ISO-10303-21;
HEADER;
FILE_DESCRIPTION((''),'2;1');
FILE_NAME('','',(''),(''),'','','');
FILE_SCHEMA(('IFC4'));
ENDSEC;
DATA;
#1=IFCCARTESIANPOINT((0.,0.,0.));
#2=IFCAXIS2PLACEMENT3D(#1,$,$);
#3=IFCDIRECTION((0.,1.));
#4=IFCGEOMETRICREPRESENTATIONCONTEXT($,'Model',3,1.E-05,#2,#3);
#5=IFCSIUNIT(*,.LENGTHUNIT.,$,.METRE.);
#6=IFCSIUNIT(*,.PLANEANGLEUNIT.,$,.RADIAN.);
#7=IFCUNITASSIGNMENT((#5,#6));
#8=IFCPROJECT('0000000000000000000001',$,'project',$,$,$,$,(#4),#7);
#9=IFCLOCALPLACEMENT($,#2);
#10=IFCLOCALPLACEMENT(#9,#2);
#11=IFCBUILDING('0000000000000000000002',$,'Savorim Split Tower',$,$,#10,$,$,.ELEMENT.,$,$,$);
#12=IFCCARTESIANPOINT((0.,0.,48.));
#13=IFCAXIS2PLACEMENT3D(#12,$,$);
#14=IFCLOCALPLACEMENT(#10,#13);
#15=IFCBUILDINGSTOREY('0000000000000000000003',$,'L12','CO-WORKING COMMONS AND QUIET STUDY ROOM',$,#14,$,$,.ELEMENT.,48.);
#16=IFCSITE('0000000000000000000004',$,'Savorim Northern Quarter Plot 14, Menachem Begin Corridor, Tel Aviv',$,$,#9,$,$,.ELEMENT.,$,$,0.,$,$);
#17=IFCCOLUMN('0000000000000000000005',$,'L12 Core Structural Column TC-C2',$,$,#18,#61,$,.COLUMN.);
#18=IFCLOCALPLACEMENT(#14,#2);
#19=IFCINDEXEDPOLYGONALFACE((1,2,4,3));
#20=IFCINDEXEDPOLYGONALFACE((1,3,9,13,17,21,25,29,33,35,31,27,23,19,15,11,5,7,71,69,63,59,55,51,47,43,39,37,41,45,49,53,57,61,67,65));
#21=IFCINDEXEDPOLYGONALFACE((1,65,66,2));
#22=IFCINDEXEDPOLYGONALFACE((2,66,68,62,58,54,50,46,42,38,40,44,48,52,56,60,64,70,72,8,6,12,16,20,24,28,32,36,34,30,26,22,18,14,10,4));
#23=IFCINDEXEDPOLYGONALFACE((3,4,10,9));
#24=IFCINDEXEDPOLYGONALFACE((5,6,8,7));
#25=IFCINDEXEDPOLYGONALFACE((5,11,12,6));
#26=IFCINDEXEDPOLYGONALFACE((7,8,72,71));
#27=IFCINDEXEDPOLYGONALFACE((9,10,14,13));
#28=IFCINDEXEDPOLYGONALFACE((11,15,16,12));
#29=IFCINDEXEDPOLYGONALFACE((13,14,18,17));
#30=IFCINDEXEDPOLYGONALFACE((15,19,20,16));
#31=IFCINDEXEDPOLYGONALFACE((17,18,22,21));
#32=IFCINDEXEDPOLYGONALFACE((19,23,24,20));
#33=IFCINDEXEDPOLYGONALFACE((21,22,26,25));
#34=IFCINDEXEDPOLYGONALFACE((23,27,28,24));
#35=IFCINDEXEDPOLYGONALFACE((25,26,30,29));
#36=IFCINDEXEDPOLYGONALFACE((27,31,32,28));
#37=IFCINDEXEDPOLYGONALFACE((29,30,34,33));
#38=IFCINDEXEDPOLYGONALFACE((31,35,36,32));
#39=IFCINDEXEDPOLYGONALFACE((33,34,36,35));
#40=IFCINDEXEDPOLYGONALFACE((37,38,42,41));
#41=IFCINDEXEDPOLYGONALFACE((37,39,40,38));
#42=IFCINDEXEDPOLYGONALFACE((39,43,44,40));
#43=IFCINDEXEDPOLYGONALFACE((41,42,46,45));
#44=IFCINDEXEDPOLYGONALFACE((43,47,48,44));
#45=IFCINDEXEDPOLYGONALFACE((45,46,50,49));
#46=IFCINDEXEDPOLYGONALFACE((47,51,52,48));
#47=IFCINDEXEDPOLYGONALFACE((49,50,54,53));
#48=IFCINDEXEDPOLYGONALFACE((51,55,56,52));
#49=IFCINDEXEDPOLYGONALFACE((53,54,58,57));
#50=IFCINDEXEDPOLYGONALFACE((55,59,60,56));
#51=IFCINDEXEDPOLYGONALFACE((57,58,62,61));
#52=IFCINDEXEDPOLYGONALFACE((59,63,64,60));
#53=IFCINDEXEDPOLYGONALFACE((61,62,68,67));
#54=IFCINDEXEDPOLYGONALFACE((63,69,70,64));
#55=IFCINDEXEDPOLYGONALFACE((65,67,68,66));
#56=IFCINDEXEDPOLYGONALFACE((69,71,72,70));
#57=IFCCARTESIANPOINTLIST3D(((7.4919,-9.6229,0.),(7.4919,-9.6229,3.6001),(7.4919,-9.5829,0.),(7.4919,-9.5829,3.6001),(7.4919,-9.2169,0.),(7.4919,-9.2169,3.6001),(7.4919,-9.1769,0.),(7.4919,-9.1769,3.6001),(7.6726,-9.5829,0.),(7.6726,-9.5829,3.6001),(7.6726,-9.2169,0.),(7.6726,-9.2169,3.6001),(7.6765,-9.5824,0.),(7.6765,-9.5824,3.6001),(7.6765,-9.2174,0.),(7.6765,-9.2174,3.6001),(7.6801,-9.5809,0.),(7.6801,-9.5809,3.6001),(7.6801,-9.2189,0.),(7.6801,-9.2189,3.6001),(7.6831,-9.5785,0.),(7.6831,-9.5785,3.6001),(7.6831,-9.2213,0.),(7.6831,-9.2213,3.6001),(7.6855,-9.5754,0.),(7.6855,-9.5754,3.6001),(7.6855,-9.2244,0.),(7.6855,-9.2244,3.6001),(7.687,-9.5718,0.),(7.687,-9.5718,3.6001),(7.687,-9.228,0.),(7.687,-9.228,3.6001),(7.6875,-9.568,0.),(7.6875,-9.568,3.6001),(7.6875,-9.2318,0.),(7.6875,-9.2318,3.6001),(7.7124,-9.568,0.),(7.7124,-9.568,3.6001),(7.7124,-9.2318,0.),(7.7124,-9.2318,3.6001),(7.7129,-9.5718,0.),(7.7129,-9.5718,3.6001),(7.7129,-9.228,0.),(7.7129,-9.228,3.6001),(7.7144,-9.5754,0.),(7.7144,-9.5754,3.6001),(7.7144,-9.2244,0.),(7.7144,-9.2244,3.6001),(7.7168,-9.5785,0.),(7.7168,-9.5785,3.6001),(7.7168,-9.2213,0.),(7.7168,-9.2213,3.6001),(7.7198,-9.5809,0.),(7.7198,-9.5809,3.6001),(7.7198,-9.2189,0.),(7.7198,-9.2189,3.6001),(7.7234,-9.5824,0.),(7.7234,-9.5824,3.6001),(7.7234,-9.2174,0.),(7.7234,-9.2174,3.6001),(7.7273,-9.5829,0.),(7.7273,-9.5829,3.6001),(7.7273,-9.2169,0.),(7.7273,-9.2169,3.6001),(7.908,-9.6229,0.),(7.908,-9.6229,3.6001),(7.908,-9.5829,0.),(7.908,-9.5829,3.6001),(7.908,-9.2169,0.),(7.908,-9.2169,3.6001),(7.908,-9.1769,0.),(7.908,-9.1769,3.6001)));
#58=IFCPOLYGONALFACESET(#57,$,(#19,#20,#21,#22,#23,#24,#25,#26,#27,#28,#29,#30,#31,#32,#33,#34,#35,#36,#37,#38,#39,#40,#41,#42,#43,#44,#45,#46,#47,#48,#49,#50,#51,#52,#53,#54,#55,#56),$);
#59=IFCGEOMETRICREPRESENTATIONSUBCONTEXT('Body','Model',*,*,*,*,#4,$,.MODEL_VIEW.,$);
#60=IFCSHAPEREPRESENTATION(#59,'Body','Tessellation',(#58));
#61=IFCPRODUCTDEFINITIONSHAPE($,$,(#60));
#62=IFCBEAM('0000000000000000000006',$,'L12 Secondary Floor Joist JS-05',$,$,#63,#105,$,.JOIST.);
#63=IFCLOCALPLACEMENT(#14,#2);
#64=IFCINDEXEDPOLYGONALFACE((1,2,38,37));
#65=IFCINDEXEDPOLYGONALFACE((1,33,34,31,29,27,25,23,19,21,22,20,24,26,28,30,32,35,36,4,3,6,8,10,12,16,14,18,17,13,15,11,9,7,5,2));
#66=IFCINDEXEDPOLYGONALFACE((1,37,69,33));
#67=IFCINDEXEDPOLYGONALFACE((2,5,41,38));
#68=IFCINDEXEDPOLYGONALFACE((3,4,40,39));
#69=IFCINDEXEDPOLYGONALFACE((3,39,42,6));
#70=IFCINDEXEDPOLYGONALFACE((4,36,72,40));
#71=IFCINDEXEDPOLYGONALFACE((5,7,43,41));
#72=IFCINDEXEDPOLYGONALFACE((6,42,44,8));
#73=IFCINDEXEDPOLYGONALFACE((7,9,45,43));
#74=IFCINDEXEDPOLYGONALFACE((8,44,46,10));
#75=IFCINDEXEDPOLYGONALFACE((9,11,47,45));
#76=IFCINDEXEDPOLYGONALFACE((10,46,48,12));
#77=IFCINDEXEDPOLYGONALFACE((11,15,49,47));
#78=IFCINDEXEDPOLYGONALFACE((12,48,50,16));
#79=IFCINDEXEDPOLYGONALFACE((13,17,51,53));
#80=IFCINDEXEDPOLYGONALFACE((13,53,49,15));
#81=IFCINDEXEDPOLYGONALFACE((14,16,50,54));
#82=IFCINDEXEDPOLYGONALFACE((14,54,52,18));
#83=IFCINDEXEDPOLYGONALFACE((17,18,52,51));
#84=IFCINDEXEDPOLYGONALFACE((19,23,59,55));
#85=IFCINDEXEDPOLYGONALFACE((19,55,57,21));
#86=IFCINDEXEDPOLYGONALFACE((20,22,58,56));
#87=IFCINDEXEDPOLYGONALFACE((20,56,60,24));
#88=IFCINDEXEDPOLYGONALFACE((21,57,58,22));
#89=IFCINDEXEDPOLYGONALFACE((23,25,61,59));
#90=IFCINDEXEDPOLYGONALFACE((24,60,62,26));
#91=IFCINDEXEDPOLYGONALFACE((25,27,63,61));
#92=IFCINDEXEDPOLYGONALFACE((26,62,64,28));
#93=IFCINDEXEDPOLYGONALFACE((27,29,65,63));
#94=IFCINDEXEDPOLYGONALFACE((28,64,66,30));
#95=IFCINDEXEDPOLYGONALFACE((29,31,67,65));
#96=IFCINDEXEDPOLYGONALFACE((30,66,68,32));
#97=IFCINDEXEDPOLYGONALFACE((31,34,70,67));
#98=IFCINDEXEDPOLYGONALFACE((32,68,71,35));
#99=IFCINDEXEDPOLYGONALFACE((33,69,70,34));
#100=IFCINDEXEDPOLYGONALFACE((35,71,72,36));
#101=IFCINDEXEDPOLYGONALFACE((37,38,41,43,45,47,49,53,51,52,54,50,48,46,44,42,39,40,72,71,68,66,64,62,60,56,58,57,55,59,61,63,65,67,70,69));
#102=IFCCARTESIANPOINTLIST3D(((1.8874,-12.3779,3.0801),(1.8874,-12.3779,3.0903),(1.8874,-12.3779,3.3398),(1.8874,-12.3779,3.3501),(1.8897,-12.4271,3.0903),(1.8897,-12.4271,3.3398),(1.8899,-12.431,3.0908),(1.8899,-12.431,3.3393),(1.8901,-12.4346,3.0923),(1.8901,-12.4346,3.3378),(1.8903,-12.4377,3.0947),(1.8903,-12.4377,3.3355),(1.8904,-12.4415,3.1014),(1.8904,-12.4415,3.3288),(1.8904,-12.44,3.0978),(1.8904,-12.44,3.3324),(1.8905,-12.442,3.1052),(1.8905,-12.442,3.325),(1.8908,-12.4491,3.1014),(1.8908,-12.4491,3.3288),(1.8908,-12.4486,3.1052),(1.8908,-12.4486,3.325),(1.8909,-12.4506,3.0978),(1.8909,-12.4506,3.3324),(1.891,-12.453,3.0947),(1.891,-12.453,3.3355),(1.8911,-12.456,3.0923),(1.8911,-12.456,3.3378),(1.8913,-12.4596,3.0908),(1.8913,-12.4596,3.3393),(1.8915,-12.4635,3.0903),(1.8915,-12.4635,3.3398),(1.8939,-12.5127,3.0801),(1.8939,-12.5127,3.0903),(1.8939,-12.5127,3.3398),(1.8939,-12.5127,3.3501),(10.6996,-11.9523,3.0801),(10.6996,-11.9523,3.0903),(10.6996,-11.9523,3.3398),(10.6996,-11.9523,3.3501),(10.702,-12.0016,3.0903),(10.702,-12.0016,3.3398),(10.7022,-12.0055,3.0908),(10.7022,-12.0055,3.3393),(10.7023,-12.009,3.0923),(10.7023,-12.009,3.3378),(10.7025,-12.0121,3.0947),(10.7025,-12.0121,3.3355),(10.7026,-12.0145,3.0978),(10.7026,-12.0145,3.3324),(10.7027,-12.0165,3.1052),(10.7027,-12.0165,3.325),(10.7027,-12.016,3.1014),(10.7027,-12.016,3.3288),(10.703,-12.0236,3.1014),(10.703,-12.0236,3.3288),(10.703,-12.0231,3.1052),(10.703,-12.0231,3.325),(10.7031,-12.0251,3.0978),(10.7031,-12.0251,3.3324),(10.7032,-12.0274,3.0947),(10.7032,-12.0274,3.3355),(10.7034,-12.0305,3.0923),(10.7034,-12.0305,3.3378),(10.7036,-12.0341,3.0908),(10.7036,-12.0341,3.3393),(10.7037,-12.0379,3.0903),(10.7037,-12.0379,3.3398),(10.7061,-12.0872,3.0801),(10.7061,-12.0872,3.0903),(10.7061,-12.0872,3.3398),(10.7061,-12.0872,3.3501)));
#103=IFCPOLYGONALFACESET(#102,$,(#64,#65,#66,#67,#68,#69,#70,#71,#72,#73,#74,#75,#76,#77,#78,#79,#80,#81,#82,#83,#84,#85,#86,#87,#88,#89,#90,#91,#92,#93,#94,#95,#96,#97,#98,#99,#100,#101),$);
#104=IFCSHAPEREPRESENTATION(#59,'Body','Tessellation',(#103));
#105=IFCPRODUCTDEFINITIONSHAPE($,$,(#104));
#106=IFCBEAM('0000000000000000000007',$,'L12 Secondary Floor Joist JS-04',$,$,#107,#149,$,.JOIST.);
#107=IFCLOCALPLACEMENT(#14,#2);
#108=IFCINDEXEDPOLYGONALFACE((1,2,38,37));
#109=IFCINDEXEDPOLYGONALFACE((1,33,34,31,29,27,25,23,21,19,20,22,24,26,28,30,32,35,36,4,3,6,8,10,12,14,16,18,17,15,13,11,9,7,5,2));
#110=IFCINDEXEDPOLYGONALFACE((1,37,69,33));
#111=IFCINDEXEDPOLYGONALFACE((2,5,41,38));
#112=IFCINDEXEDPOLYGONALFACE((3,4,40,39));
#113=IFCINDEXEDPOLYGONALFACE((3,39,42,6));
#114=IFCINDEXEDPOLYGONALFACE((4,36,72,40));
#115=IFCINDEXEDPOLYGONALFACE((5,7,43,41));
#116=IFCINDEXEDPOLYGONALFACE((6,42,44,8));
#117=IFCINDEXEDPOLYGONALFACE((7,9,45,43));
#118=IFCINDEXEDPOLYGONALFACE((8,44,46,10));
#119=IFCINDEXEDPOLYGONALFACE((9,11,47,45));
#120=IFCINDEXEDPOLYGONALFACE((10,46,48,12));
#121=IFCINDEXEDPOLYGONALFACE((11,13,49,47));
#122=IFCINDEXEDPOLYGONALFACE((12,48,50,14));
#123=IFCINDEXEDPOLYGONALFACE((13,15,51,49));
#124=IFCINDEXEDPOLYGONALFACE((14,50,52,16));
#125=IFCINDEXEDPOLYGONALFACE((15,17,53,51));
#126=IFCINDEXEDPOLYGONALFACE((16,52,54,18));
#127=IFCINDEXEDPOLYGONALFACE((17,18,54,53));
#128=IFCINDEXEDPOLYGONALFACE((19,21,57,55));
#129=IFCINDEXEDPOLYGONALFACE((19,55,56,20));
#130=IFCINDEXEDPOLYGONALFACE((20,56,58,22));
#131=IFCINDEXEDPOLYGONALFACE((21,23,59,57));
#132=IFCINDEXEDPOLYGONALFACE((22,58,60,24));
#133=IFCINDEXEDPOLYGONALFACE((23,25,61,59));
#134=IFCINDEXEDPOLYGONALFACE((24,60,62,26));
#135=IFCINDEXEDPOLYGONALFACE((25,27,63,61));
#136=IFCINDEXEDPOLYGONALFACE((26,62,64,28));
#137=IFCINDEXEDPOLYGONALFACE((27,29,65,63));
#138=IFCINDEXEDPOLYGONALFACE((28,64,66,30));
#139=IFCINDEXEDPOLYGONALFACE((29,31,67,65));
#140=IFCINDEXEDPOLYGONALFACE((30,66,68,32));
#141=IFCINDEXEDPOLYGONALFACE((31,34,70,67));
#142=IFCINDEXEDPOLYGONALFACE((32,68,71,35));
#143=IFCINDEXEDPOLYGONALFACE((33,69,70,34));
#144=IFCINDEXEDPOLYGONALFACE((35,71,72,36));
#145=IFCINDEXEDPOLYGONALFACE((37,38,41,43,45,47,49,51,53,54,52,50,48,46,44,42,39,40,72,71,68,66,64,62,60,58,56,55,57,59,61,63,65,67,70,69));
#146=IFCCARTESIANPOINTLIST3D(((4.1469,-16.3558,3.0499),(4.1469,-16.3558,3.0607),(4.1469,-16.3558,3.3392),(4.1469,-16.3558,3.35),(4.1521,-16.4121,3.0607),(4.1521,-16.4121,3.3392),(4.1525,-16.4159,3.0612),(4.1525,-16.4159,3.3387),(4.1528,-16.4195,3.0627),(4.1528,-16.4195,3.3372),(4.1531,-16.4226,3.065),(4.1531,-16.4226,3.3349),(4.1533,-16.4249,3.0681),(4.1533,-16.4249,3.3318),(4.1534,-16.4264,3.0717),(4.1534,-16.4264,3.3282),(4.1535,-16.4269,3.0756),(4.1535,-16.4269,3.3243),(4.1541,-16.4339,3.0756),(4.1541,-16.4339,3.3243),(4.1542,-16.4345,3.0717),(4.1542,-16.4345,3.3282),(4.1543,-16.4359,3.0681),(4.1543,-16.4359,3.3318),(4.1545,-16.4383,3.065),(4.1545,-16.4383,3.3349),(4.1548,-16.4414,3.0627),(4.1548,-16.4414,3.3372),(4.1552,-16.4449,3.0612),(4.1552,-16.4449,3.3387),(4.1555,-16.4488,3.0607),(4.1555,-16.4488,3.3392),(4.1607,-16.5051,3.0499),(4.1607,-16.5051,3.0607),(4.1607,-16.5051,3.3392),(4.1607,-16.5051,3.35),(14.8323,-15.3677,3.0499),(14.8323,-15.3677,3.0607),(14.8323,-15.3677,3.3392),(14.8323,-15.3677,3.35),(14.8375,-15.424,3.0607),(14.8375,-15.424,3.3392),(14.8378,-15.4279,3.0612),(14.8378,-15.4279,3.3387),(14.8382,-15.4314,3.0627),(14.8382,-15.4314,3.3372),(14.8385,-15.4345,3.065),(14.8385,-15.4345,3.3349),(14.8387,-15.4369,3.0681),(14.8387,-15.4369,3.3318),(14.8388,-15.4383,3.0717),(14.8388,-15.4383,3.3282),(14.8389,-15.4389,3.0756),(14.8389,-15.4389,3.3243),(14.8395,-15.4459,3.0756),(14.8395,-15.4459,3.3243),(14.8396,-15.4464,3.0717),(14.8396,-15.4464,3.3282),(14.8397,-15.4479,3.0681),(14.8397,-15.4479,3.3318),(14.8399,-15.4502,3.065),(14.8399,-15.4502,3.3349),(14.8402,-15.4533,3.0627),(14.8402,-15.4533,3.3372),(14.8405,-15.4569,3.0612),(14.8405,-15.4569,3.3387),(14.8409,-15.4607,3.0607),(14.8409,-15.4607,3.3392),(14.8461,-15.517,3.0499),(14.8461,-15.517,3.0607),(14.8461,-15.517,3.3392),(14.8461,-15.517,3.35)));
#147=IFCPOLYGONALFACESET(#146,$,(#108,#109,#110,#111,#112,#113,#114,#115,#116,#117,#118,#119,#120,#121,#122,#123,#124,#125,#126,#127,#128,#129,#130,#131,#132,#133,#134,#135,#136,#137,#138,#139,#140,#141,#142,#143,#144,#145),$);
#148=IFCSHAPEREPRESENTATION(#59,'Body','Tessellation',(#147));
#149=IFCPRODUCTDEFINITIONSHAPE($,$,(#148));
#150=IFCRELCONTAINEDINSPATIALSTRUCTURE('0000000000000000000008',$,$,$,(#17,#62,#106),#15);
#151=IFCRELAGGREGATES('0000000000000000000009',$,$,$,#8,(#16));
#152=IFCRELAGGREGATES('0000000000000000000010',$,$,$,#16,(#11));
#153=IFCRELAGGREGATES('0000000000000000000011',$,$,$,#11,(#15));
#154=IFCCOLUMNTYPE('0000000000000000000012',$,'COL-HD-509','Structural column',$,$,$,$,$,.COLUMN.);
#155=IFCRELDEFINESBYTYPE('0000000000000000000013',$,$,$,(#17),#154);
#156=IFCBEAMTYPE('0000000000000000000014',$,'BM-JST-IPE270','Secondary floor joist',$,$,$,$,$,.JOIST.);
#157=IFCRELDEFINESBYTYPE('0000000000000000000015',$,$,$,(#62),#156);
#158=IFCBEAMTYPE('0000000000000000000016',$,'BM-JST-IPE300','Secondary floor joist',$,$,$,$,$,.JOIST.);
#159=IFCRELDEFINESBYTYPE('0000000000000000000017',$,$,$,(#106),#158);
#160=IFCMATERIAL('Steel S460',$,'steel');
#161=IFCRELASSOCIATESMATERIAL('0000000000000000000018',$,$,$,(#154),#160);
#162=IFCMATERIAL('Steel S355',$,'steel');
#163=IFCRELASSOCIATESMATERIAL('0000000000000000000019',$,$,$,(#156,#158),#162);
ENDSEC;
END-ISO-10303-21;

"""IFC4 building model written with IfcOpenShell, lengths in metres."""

from ifc_helpers import new_model, si_unit, direction, frame, origin, origin_2d, place, context, subcontext, project, spatial, i_section, extrude, material, material_profile, profile_set, type_object, element, save


model = new_model("IFC4")

# Units and contexts
model_context = context("Model", 3, precision=1e-05, world=origin(), true_north=direction((0.0, 1.0)))
body_context = subcontext(model_context, "Body", "Model", "MODEL_VIEW")
ifc_project = project(units=[si_unit("LENGTHUNIT", "METRE"), si_unit("PLANEANGLEUNIT", "RADIAN")], contexts=[model_context])

# Site, building, storey
site_placement = place(None, origin())
site = spatial("IfcSite", under=ifc_project, at=site_placement, Name="Savorim Northern Quarter Plot 14, Menachem Begin Corridor, Tel Aviv", CompositionType="ELEMENT", RefElevation=0.0)
building_placement = place(site_placement, origin())
building = spatial("IfcBuilding", under=site, at=building_placement, Name="Savorim Split Tower", CompositionType="ELEMENT")
storey_placement = place(building_placement, frame((0.0, 0.0, 48.0)))
storey = spatial("IfcBuildingStorey", under=building, at=storey_placement, Name="L12", Description="CO-WORKING COMMONS AND QUIET STUDY ROOM", CompositionType="ELEMENT", Elevation=48.0)

# Column
ifc_material_1 = material(Name="Steel S460", Category="steel")
ifc_material_profile_1 = material_profile(ifc_material_1, i_section(OverallWidth=0.416, OverallDepth=0.446, WebThickness=0.0249, FlangeThickness=0.04, FilletRadius=0.0149, at=origin_2d()), Name="HD 400x509")
ifc_profile_set_1 = profile_set([ifc_material_profile_1], Name="Steel S460")
column_type = type_object("IfcColumnType", Name="COL-HD-509", Description="Structural column", PredefinedType="COLUMN", material=ifc_profile_set_1)
column_placement = place(storey_placement, frame((7.7, -9.3999, 0.0), z_axis=(0.0, 0.0, 1.0), x_axis=(1.0, 0.0, 0.0)))
element("IfcColumn", 1, at=column_placement, inside=storey, type_object=column_type, Name="L12 Core Structural Column TC-C2", PredefinedType="COLUMN", context=body_context, shape_type="SweptSolid", body=[
    extrude(i_section(OverallWidth=0.416, OverallDepth=0.446, WebThickness=0.0249, FlangeThickness=0.04, FilletRadius=0.0149, at=origin_2d()), origin(), (0.0, 0.0, 1.0), 3.6001),
])

# Beams
ifc_material_2 = material(Name="Steel S355", Category="steel")
ifc_material_profile_2 = material_profile(ifc_material_2, i_section(OverallWidth=0.135, OverallDepth=0.27, WebThickness=0.0066, FlangeThickness=0.0103, FilletRadius=0.0149, at=origin_2d()), Name="IPE 270")
ifc_profile_set_2 = profile_set([ifc_material_profile_2], Name="Steel S355")
beam_type_1 = type_object("IfcBeamType", Name="BM-JST-IPE270", Description="Secondary floor joist", PredefinedType="JOIST", material=ifc_profile_set_2)
beam_1_placement = place(storey_placement, frame((1.8906, -12.4453, 3.2151), z_axis=(0.998836, 0.048233, 0.0), x_axis=(-0.048233, 0.998836, 0.0)))
element("IfcBeam", 2, at=beam_1_placement, inside=storey, type_object=beam_type_1, Name="L12 Secondary Floor Joist JS-05", PredefinedType="JOIST", context=body_context, shape_type="SweptSolid", body=[
    extrude(i_section(OverallWidth=0.135, OverallDepth=0.27, WebThickness=0.0066, FlangeThickness=0.0103, FilletRadius=0.0149, at=origin_2d()), origin(), (0.0, 0.0, 1.0), 8.8225),
])
ifc_material_profile_3 = material_profile(ifc_material_2, i_section(OverallWidth=0.1499, OverallDepth=0.3, WebThickness=0.0071, FlangeThickness=0.0107, FilletRadius=0.0149, at=origin_2d()), Name="IPE 300")
ifc_profile_set_3 = profile_set([ifc_material_profile_3], Name="Steel S355")
beam_type_2 = type_object("IfcBeamType", Name="BM-JST-IPE300", Description="Secondary floor joist", PredefinedType="JOIST", material=ifc_profile_set_3)
beam_2_placement = place(storey_placement, frame((4.1538, -16.4304, 3.2), z_axis=(0.995752, 0.092074, 0.0), x_axis=(-0.092074, 0.995752, 0.0)))
element("IfcBeam", 3, at=beam_2_placement, inside=storey, type_object=beam_type_2, Name="L12 Secondary Floor Joist JS-04", PredefinedType="JOIST", context=body_context, shape_type="SweptSolid", body=[
    extrude(i_section(OverallWidth=0.1499, OverallDepth=0.3, WebThickness=0.0071, FlangeThickness=0.0107, FilletRadius=0.0149, at=origin_2d()), origin(), (0.0, 0.0, 1.0), 10.731),
])

save(model, "model.ifc")
